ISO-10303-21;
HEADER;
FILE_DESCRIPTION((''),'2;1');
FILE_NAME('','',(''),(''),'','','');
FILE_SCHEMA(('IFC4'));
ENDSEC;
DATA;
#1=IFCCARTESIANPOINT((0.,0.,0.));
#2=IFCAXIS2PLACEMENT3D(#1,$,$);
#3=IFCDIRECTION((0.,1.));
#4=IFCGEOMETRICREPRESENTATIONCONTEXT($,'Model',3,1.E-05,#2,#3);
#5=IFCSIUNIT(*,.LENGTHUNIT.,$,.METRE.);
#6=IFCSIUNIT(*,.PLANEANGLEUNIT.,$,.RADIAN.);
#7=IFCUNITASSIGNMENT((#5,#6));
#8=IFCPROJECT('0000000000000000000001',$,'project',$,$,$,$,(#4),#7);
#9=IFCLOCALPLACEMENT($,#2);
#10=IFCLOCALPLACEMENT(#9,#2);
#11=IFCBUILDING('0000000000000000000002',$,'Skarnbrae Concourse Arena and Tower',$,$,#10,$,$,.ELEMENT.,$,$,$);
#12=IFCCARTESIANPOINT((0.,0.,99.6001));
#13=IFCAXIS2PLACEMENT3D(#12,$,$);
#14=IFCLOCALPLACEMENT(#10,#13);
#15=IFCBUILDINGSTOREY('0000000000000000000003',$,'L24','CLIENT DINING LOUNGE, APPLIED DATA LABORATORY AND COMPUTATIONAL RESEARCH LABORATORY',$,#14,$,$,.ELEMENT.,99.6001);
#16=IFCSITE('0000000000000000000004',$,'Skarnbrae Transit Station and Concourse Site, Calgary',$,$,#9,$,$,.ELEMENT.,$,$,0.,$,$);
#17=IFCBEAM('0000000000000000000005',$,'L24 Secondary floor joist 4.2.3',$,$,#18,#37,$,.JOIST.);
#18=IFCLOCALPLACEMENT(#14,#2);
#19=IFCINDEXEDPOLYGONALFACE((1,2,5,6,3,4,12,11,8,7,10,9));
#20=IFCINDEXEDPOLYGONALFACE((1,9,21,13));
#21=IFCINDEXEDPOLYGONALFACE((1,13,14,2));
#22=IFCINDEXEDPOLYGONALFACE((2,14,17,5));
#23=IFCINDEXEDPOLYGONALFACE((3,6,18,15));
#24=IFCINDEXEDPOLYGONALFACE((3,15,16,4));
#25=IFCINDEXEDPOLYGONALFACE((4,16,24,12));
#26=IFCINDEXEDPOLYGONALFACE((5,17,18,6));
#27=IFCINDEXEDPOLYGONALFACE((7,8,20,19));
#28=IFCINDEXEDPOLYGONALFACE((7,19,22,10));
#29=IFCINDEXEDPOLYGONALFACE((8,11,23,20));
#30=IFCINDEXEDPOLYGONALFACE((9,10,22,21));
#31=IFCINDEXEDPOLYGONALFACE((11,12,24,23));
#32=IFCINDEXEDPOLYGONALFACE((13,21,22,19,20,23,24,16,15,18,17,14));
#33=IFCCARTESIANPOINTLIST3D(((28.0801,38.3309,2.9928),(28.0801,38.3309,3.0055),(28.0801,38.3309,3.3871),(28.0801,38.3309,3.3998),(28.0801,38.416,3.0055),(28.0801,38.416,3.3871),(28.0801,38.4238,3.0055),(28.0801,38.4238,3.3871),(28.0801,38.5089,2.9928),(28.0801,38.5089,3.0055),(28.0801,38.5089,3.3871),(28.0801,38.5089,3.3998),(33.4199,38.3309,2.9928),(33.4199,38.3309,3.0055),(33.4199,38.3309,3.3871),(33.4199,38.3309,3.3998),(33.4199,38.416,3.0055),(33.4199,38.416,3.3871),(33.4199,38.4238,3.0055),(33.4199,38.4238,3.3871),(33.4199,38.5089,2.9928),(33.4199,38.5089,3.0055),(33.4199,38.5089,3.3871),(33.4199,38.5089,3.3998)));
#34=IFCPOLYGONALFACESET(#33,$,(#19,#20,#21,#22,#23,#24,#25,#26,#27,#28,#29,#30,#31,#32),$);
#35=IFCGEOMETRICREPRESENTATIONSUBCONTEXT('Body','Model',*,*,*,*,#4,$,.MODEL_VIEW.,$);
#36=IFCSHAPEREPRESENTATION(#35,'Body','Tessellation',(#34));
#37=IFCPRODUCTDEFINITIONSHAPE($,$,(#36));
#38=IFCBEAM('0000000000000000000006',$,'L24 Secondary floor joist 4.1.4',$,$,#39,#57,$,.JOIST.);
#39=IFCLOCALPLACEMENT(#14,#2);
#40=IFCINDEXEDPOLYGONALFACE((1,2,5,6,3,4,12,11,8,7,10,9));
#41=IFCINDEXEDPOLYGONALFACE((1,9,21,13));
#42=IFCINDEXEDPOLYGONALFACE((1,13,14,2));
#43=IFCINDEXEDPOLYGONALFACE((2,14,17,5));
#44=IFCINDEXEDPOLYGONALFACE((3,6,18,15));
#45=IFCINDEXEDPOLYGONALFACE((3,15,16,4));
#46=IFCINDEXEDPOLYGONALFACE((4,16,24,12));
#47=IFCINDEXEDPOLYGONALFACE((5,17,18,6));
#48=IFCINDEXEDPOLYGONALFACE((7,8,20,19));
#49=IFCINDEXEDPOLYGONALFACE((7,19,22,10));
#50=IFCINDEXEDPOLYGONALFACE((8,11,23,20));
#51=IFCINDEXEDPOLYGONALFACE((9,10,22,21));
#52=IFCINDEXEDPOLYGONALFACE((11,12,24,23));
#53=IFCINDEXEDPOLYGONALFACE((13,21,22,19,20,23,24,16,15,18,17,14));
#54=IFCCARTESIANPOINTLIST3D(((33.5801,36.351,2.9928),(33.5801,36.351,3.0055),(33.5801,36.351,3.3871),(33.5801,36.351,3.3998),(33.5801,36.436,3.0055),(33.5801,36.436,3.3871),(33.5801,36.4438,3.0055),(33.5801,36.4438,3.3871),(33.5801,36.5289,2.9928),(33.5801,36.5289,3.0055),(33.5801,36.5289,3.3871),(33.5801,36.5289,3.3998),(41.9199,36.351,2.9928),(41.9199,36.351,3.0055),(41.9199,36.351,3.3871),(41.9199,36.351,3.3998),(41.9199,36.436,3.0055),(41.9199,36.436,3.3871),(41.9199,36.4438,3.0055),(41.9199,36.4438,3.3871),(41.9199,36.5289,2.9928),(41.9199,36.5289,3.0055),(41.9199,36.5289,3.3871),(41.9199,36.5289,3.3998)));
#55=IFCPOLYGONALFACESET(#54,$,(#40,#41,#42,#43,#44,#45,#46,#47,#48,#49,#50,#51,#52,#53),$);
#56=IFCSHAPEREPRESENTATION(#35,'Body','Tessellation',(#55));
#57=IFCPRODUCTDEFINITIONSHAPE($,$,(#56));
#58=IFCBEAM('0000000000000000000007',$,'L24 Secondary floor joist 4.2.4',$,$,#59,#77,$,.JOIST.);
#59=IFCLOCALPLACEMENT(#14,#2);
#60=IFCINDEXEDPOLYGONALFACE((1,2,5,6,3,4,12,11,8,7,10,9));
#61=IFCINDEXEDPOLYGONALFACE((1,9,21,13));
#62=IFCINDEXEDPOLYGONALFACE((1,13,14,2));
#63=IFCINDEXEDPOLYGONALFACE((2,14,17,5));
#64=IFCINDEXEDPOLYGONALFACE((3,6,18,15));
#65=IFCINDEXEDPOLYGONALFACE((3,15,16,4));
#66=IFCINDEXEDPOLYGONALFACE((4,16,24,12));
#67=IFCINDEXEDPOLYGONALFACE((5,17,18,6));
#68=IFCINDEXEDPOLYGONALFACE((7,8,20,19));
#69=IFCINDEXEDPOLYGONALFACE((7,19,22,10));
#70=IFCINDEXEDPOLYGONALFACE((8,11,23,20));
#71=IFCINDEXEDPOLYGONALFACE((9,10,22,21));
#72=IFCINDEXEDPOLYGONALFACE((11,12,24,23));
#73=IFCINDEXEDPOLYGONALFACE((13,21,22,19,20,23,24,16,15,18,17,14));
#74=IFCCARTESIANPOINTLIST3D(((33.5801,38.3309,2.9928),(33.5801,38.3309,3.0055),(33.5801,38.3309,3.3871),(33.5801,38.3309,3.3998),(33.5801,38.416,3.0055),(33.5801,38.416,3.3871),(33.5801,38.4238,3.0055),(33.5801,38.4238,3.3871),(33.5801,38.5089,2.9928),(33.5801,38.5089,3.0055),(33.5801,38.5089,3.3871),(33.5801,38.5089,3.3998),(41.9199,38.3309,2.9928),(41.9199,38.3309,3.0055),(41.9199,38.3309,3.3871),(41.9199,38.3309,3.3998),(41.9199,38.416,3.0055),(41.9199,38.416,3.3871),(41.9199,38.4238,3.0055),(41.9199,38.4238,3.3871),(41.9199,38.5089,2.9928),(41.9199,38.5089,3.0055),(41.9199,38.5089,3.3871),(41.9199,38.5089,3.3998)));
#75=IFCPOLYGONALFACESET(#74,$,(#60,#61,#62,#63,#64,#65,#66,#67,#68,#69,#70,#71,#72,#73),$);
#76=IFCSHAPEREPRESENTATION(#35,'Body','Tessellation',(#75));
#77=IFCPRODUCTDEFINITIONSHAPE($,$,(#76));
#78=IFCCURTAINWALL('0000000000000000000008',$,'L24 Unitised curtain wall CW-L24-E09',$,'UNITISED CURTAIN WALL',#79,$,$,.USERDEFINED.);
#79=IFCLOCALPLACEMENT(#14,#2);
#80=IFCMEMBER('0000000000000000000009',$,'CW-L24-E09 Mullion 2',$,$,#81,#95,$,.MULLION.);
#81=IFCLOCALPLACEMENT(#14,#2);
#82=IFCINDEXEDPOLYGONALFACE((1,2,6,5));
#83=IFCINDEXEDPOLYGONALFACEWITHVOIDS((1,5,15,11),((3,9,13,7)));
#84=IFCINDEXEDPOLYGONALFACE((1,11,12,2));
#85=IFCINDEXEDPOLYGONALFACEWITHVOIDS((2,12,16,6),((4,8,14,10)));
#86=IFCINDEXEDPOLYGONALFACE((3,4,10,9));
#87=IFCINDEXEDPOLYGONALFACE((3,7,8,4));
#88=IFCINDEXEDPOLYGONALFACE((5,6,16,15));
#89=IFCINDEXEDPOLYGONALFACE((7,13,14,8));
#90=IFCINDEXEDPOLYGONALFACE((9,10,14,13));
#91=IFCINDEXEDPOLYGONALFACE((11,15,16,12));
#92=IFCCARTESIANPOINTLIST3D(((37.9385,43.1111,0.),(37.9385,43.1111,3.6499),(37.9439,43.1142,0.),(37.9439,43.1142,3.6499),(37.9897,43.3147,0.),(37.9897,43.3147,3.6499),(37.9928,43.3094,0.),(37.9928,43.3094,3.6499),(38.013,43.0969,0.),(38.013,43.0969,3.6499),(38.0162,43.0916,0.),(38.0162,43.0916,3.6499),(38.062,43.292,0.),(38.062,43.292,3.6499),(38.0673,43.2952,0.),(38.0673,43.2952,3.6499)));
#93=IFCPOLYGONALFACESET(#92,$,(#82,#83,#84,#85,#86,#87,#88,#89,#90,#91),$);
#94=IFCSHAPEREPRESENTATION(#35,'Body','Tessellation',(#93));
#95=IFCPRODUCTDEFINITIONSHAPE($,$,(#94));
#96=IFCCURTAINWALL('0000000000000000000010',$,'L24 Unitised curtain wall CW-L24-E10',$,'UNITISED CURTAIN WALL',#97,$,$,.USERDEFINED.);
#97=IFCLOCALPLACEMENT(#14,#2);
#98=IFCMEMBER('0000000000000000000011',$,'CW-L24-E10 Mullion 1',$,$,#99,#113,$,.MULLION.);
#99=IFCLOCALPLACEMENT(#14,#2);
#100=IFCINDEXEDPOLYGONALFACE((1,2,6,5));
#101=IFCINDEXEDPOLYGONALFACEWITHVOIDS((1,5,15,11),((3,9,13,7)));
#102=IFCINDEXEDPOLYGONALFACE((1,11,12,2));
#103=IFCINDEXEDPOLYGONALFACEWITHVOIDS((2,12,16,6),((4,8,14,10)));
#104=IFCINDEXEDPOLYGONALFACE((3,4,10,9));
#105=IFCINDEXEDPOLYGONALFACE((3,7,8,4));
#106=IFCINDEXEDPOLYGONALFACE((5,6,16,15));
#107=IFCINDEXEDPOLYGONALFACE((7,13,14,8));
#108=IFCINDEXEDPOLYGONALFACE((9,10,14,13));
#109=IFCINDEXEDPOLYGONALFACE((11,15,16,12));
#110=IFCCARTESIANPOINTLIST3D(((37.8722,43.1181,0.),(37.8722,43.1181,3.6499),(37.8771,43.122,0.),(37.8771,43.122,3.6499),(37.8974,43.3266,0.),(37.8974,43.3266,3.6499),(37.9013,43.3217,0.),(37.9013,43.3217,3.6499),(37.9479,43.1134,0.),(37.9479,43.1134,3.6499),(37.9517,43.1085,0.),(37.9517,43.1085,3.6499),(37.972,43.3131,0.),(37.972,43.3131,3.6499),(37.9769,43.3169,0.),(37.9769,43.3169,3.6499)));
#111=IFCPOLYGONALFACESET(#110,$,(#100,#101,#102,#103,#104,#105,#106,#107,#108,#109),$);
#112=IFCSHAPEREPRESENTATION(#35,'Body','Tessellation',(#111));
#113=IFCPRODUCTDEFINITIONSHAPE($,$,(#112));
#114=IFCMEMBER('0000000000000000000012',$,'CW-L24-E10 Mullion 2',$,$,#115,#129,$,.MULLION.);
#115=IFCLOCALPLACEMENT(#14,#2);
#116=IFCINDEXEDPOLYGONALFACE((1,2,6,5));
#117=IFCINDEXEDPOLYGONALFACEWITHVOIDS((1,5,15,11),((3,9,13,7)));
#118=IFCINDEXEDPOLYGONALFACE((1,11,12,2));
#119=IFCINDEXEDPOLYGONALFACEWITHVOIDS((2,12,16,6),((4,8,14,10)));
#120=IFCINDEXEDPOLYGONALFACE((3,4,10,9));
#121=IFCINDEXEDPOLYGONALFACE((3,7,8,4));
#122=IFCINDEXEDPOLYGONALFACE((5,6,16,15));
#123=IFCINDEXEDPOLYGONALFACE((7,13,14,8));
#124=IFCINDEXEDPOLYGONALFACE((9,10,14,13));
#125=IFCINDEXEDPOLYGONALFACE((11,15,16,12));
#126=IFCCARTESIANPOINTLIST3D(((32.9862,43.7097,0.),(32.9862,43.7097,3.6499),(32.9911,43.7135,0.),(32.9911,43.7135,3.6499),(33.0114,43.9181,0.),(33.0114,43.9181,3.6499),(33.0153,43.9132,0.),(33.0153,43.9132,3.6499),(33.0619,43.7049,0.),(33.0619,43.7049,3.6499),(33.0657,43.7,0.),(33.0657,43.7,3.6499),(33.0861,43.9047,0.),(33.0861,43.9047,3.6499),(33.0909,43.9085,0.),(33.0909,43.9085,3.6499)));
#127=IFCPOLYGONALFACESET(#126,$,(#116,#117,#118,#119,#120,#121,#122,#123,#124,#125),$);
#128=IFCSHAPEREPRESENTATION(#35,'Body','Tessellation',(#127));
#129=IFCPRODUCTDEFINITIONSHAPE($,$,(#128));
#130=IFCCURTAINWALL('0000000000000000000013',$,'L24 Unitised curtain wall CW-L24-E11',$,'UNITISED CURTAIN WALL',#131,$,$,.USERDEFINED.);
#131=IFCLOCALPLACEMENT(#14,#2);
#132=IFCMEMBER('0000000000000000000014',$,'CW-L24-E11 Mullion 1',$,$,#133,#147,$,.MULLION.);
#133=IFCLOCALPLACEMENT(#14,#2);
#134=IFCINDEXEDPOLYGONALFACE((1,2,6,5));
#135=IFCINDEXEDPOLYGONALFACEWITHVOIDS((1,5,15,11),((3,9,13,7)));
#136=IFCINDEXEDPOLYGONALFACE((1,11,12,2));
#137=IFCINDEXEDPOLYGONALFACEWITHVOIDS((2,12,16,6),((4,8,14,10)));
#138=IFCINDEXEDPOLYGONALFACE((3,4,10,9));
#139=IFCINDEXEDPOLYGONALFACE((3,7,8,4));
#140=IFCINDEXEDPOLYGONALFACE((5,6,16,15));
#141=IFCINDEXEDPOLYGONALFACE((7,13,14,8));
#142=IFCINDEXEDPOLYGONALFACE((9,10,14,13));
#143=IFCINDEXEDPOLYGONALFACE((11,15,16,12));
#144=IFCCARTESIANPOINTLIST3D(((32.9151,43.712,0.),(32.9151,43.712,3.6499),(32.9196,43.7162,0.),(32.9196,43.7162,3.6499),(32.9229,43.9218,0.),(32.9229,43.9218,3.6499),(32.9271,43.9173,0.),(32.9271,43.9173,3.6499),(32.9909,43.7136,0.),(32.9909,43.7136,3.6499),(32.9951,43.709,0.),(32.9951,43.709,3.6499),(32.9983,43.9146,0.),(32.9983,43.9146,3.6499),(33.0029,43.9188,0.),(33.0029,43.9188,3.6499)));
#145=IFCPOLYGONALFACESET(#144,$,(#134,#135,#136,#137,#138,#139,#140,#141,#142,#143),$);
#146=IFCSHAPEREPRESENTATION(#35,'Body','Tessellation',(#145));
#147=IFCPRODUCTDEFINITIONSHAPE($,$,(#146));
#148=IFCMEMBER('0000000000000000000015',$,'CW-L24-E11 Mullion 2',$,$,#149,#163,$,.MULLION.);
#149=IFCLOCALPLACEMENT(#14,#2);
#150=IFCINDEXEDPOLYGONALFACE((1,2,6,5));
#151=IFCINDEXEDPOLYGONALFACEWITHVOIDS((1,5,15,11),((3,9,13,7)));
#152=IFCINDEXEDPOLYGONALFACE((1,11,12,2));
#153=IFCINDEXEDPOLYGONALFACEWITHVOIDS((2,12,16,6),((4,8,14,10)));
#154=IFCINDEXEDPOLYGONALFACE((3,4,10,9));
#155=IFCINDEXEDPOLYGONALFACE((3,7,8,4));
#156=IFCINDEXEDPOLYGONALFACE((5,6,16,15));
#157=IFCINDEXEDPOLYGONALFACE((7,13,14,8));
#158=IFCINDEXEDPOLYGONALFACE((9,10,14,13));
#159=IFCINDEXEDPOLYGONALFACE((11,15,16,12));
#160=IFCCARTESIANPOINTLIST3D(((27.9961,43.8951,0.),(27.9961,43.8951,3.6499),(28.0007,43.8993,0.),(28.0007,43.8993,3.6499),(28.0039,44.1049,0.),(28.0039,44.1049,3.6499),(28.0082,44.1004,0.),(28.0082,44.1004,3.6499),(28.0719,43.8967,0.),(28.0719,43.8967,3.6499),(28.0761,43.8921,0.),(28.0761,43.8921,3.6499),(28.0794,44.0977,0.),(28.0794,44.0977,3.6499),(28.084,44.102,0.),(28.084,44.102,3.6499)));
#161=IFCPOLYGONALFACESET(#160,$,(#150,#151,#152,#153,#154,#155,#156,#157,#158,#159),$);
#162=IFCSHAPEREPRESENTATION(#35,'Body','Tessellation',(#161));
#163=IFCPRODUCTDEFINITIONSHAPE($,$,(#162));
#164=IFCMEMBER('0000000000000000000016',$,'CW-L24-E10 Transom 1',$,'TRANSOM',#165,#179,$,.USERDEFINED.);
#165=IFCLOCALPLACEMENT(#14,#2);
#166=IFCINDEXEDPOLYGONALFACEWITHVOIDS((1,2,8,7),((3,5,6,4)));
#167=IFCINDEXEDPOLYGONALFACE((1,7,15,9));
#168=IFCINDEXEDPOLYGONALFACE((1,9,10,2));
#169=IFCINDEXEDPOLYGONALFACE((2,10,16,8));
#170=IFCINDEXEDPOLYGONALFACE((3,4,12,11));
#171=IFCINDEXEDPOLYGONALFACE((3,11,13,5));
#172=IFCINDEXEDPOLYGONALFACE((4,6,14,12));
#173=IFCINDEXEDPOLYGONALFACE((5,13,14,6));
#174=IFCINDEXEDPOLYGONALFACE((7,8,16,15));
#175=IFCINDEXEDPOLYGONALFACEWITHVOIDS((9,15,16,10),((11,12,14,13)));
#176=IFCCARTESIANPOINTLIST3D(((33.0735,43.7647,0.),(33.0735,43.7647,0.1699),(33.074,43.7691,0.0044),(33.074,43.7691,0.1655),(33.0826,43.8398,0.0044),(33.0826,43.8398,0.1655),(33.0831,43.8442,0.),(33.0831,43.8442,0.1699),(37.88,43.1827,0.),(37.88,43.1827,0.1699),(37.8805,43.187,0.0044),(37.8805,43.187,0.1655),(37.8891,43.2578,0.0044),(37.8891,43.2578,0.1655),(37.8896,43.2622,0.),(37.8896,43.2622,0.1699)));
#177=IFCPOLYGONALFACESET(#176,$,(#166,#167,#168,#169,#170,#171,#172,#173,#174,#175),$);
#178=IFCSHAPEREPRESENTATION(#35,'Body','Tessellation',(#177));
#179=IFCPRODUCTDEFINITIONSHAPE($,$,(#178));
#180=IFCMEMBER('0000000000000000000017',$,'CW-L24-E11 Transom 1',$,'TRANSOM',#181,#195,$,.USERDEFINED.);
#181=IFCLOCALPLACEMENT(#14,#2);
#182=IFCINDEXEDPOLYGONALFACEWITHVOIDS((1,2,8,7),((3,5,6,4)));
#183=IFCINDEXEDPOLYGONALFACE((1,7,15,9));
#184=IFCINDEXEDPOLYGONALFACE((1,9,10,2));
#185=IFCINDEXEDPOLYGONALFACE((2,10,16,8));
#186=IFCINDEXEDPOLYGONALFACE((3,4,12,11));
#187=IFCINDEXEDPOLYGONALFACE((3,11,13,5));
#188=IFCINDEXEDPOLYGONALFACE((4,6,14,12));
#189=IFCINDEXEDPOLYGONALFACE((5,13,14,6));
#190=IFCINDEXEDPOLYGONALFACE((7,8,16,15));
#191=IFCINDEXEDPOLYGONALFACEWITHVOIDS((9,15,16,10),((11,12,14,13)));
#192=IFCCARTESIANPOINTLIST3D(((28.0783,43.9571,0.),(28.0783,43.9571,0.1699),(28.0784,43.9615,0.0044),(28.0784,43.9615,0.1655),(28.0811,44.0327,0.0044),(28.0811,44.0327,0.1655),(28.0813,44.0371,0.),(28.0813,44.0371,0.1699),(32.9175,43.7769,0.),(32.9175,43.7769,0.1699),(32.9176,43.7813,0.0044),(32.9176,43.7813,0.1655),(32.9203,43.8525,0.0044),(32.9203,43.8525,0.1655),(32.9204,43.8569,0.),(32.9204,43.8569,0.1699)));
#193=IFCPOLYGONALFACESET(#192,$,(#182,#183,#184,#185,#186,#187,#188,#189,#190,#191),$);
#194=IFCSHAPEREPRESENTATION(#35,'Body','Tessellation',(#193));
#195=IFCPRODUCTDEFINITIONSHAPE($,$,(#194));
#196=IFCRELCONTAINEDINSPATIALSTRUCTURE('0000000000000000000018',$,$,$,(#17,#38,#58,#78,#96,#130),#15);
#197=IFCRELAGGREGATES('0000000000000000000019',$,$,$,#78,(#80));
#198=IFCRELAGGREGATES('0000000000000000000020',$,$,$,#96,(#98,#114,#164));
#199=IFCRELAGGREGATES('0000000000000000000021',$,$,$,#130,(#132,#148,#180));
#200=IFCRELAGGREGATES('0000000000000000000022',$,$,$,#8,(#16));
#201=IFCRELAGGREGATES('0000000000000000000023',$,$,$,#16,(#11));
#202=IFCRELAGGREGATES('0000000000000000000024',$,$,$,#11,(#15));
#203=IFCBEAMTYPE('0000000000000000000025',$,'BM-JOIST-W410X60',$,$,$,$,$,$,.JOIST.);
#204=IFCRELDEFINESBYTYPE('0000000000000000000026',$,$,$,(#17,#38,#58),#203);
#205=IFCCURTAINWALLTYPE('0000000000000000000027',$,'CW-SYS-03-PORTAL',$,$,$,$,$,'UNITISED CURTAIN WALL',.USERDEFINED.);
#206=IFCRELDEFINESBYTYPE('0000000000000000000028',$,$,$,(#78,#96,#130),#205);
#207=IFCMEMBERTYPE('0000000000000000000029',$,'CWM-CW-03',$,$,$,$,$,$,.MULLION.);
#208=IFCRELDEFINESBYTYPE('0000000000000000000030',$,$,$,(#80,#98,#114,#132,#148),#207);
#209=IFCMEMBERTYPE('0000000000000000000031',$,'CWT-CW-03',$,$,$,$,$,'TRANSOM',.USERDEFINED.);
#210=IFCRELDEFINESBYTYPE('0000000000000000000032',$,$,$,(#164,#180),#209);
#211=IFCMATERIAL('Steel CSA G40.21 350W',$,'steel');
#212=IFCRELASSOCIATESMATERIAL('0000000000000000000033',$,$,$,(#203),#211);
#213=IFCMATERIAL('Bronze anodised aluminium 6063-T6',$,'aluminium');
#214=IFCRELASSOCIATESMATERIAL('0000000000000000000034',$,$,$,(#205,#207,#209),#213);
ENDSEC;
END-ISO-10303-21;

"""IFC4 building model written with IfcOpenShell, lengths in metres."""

from ifc_helpers import new_model, si_unit, direction, frame, origin, origin_2d, place, context, subcontext, project, spatial, hollow_rectangle, i_section, extrude, source, transform, mapped, material, material_profile, profile_set, type_object, element, aggregate, save


model = new_model("IFC4")

# Units and contexts
model_context = context("Model", 3, precision=1e-05, world=origin(), true_north=direction((0.0, 1.0)))
body_context = subcontext(model_context, "Body", "Model", "MODEL_VIEW")
ifc_project = project(units=[si_unit("LENGTHUNIT", "METRE"), si_unit("PLANEANGLEUNIT", "RADIAN")], contexts=[model_context])

# Site, building, storey
site_placement = place(None, origin())
site = spatial("IfcSite", under=ifc_project, at=site_placement, Name="Skarnbrae Transit Station and Concourse Site, Calgary", CompositionType="ELEMENT", RefElevation=0.0)
building_placement = place(site_placement, origin())
building = spatial("IfcBuilding", under=site, at=building_placement, Name="Skarnbrae Concourse Arena and Tower", CompositionType="ELEMENT")
storey_placement = place(building_placement, frame((0.0, 0.0, 99.6001)))
storey = spatial("IfcBuildingStorey", under=building, at=storey_placement, Name="L24", Description="CLIENT DINING LOUNGE, APPLIED DATA LABORATORY AND COMPUTATIONAL RESEARCH LABORATORY", CompositionType="ELEMENT", Elevation=99.6001)

# Shared definitions
ifc_material_1 = material(Name="Steel CSA G40.21 350W", Category="steel")

# Beams
ifc_material_profile_1 = material_profile(ifc_material_1, i_section(OverallWidth=0.178, OverallDepth=0.407, WebThickness=0.0078, FlangeThickness=0.0127, at=origin_2d()), Name="W410X60")
ifc_profile_set_1 = profile_set([ifc_material_profile_1], Name="Steel CSA G40.21 350W")
beam_type_1 = type_object("IfcBeamType", Name="BM-JOIST-W410X60", PredefinedType="JOIST", material=ifc_profile_set_1)
shared_shape_1 = source(origin(), body_context, "Body", "SweptSolid", [
    extrude(i_section(OverallWidth=0.178, OverallDepth=0.407, WebThickness=0.0078, FlangeThickness=0.0127, at=origin_2d()), origin(), (0.0, 0.0, 1.0), 5.3398),
])
for number, where, z_axis, x_axis, name in (
    (1, (28.0801, 38.4199, 3.1963), (1.0, 0.0, 0.0), (0.0, 1.0, 0.0), "L24 Secondary floor joist 4.2.3"),
):
    element("IfcBeam", number, at=place(storey_placement, frame(where, z_axis=z_axis, x_axis=x_axis)), inside=storey, type_object=beam_type_1, Name=name, PredefinedType="JOIST", context=body_context, shape_type="MappedRepresentation", body=[
        mapped(shared_shape_1, transform((0.0, 0.0, 0.0))),
    ])
shared_shape_2 = source(origin(), body_context, "Body", "SweptSolid", [
    extrude(i_section(OverallWidth=0.178, OverallDepth=0.407, WebThickness=0.0078, FlangeThickness=0.0127, at=origin_2d()), origin(), (0.0, 0.0, 1.0), 8.3398),
])
for number, where, z_axis, x_axis, name in (
    (2, (33.5801, 36.4399, 3.1963), (1.0, 0.0, 0.0), (0.0, 1.0, 0.0), "L24 Secondary floor joist 4.1.4"),
    (3, (33.5801, 38.4199, 3.1963), (1.0, 0.0, 0.0), (0.0, 1.0, 0.0), "L24 Secondary floor joist 4.2.4"),
):
    element("IfcBeam", number, at=place(storey_placement, frame(where, z_axis=z_axis, x_axis=x_axis)), inside=storey, type_object=beam_type_1, Name=name, PredefinedType="JOIST", context=body_context, shape_type="MappedRepresentation", body=[
        mapped(shared_shape_2, transform((0.0, 0.0, 0.0))),
    ])

# Curtain wall, member
ifc_material_2 = material(Name="Bronze anodised aluminium 6063-T6", Category="aluminium")
curtain_wall_type = type_object("IfcCurtainWallType", Name="CW-SYS-03-PORTAL", ElementType="UNITISED CURTAIN WALL", PredefinedType="USERDEFINED", material=ifc_material_2)
curtain_wall_1_placement = place(storey_placement, origin())
curtain_wall_1 = element("IfcCurtainWall", 4, at=curtain_wall_1_placement, inside=storey, type_object=curtain_wall_type, Name="L24 Unitised curtain wall CW-L24-E09", ObjectType="UNITISED CURTAIN WALL", PredefinedType="USERDEFINED")
ifc_material_profile_2 = material_profile(ifc_material_2, hollow_rectangle(XDim=0.0801, YDim=0.21, WallThickness=0.0044, at=origin_2d()), Name="ALU-MULL-80X210")
ifc_profile_set_2 = profile_set([ifc_material_profile_2], Name="Bronze anodised aluminium 6063-T6")
member_type_1 = type_object("IfcMemberType", Name="CWM-CW-03", PredefinedType="MULLION", material=ifc_profile_set_2)
shared_shape_3 = source(origin(), body_context, "Body", "SweptSolid", [
    extrude(hollow_rectangle(XDim=0.0801, YDim=0.21, WallThickness=0.0044, at=origin_2d()), origin(), (0.0, 0.0, 1.0), 3.6499),
])
member_1_placement = place(storey_placement, frame((38.0029, 43.2031, 0.0), z_axis=(0.0, 0.0, 1.0), x_axis=(-0.969903, 0.243491, 0.0)))
member_1 = element("IfcMember", 5, at=member_1_placement, type_object=member_type_1, Name="CW-L24-E09 Mullion 2", PredefinedType="MULLION", context=body_context, shape_type="MappedRepresentation", body=[
    mapped(shared_shape_3, transform((0.0, 0.0, 0.0))),
])

# Curtain walls, members
curtain_wall_2_placement = place(storey_placement, origin())
curtain_wall_2 = element("IfcCurtainWall", 6, at=curtain_wall_2_placement, inside=storey, type_object=curtain_wall_type, Name="L24 Unitised curtain wall CW-L24-E10", ObjectType="UNITISED CURTAIN WALL", PredefinedType="USERDEFINED")
member_2_placement = place(storey_placement, frame((37.9246, 43.2175, 0.0), z_axis=(0.0, 0.0, 1.0), x_axis=(-0.992749, 0.120203, 0.0)))
member_2 = element("IfcMember", 7, at=member_2_placement, type_object=member_type_1, Name="CW-L24-E10 Mullion 1", PredefinedType="MULLION", context=body_context, shape_type="MappedRepresentation", body=[
    mapped(shared_shape_3, transform((0.0, 0.0, 0.0))),
])
member_3_placement = place(storey_placement, frame((33.0386, 43.8091, 0.0), z_axis=(0.0, 0.0, 1.0), x_axis=(-0.992749, 0.120203, 0.0)))
member_3 = element("IfcMember", 8, at=member_3_placement, type_object=member_type_1, Name="CW-L24-E10 Mullion 2", PredefinedType="MULLION", context=body_context, shape_type="MappedRepresentation", body=[
    mapped(shared_shape_3, transform((0.0, 0.0, 0.0))),
])
curtain_wall_3_placement = place(storey_placement, origin())
curtain_wall_3 = element("IfcCurtainWall", 9, at=curtain_wall_3_placement, inside=storey, type_object=curtain_wall_type, Name="L24 Unitised curtain wall CW-L24-E11", ObjectType="UNITISED CURTAIN WALL", PredefinedType="USERDEFINED")
member_4_placement = place(storey_placement, frame((32.959, 43.8154, 0.0), z_axis=(0.0, 0.0, 1.0), x_axis=(-0.999308, 0.037183, 0.0)))
member_4 = element("IfcMember", 10, at=member_4_placement, type_object=member_type_1, Name="CW-L24-E11 Mullion 1", PredefinedType="MULLION", context=body_context, shape_type="MappedRepresentation", body=[
    mapped(shared_shape_3, transform((0.0, 0.0, 0.0))),
])
member_5_placement = place(storey_placement, frame((28.04, 43.9985, 0.0), z_axis=(0.0, 0.0, 1.0), x_axis=(-0.999308, 0.037183, 0.0)))
member_5 = element("IfcMember", 11, at=member_5_placement, type_object=member_type_1, Name="CW-L24-E11 Mullion 2", PredefinedType="MULLION", context=body_context, shape_type="MappedRepresentation", body=[
    mapped(shared_shape_3, transform((0.0, 0.0, 0.0))),
])

# Members
ifc_material_profile_3 = material_profile(ifc_material_2, hollow_rectangle(XDim=0.0801, YDim=0.1699, WallThickness=0.0044, at=origin_2d()), Name="ALU-TRAN-80X170")
ifc_profile_set_3 = profile_set([ifc_material_profile_3], Name="Bronze anodised aluminium 6063-T6")
member_type_2 = type_object("IfcMemberType", Name="CWT-CW-03", ElementType="TRANSOM", PredefinedType="USERDEFINED", material=ifc_profile_set_3)
shared_shape_4 = source(origin(), body_context, "Body", "SweptSolid", [
    extrude(hollow_rectangle(XDim=0.0801, YDim=0.1699, WallThickness=0.0044, at=origin_2d()), origin(), (0.0, 0.0, 1.0), 4.8416),
])
member_6_placement = place(storey_placement, frame((37.8848, 43.2224, 0.085), z_axis=(-0.992748, 0.120217, 0.0), x_axis=(-0.120217, -0.992748, 0.0)))
member_6 = element("IfcMember", 12, at=member_6_placement, type_object=member_type_2, Name="CW-L24-E10 Transom 1", ObjectType="TRANSOM", PredefinedType="USERDEFINED", context=body_context, shape_type="MappedRepresentation", body=[
    mapped(shared_shape_4, transform((0.0, 0.0, 0.0))),
])
shared_shape_5 = source(origin(), body_context, "Body", "SweptSolid", [
    extrude(hollow_rectangle(XDim=0.0801, YDim=0.1699, WallThickness=0.0044, at=origin_2d()), origin(), (0.0, 0.0, 1.0), 4.8425),
])
member_7_placement = place(storey_placement, frame((32.9189, 43.8169, 0.085), z_axis=(-0.999308, 0.037207, 0.0), x_axis=(-0.037207, -0.999308, 0.0)))
member_7 = element("IfcMember", 13, at=member_7_placement, type_object=member_type_2, Name="CW-L24-E11 Transom 1", ObjectType="TRANSOM", PredefinedType="USERDEFINED", context=body_context, shape_type="MappedRepresentation", body=[
    mapped(shared_shape_5, transform((0.0, 0.0, 0.0))),
])

aggregate(curtain_wall_1, [member_1])
aggregate(curtain_wall_2, [member_2, member_3, member_6])
aggregate(curtain_wall_3, [member_4, member_5, member_7])

save(model, "model.ifc")
